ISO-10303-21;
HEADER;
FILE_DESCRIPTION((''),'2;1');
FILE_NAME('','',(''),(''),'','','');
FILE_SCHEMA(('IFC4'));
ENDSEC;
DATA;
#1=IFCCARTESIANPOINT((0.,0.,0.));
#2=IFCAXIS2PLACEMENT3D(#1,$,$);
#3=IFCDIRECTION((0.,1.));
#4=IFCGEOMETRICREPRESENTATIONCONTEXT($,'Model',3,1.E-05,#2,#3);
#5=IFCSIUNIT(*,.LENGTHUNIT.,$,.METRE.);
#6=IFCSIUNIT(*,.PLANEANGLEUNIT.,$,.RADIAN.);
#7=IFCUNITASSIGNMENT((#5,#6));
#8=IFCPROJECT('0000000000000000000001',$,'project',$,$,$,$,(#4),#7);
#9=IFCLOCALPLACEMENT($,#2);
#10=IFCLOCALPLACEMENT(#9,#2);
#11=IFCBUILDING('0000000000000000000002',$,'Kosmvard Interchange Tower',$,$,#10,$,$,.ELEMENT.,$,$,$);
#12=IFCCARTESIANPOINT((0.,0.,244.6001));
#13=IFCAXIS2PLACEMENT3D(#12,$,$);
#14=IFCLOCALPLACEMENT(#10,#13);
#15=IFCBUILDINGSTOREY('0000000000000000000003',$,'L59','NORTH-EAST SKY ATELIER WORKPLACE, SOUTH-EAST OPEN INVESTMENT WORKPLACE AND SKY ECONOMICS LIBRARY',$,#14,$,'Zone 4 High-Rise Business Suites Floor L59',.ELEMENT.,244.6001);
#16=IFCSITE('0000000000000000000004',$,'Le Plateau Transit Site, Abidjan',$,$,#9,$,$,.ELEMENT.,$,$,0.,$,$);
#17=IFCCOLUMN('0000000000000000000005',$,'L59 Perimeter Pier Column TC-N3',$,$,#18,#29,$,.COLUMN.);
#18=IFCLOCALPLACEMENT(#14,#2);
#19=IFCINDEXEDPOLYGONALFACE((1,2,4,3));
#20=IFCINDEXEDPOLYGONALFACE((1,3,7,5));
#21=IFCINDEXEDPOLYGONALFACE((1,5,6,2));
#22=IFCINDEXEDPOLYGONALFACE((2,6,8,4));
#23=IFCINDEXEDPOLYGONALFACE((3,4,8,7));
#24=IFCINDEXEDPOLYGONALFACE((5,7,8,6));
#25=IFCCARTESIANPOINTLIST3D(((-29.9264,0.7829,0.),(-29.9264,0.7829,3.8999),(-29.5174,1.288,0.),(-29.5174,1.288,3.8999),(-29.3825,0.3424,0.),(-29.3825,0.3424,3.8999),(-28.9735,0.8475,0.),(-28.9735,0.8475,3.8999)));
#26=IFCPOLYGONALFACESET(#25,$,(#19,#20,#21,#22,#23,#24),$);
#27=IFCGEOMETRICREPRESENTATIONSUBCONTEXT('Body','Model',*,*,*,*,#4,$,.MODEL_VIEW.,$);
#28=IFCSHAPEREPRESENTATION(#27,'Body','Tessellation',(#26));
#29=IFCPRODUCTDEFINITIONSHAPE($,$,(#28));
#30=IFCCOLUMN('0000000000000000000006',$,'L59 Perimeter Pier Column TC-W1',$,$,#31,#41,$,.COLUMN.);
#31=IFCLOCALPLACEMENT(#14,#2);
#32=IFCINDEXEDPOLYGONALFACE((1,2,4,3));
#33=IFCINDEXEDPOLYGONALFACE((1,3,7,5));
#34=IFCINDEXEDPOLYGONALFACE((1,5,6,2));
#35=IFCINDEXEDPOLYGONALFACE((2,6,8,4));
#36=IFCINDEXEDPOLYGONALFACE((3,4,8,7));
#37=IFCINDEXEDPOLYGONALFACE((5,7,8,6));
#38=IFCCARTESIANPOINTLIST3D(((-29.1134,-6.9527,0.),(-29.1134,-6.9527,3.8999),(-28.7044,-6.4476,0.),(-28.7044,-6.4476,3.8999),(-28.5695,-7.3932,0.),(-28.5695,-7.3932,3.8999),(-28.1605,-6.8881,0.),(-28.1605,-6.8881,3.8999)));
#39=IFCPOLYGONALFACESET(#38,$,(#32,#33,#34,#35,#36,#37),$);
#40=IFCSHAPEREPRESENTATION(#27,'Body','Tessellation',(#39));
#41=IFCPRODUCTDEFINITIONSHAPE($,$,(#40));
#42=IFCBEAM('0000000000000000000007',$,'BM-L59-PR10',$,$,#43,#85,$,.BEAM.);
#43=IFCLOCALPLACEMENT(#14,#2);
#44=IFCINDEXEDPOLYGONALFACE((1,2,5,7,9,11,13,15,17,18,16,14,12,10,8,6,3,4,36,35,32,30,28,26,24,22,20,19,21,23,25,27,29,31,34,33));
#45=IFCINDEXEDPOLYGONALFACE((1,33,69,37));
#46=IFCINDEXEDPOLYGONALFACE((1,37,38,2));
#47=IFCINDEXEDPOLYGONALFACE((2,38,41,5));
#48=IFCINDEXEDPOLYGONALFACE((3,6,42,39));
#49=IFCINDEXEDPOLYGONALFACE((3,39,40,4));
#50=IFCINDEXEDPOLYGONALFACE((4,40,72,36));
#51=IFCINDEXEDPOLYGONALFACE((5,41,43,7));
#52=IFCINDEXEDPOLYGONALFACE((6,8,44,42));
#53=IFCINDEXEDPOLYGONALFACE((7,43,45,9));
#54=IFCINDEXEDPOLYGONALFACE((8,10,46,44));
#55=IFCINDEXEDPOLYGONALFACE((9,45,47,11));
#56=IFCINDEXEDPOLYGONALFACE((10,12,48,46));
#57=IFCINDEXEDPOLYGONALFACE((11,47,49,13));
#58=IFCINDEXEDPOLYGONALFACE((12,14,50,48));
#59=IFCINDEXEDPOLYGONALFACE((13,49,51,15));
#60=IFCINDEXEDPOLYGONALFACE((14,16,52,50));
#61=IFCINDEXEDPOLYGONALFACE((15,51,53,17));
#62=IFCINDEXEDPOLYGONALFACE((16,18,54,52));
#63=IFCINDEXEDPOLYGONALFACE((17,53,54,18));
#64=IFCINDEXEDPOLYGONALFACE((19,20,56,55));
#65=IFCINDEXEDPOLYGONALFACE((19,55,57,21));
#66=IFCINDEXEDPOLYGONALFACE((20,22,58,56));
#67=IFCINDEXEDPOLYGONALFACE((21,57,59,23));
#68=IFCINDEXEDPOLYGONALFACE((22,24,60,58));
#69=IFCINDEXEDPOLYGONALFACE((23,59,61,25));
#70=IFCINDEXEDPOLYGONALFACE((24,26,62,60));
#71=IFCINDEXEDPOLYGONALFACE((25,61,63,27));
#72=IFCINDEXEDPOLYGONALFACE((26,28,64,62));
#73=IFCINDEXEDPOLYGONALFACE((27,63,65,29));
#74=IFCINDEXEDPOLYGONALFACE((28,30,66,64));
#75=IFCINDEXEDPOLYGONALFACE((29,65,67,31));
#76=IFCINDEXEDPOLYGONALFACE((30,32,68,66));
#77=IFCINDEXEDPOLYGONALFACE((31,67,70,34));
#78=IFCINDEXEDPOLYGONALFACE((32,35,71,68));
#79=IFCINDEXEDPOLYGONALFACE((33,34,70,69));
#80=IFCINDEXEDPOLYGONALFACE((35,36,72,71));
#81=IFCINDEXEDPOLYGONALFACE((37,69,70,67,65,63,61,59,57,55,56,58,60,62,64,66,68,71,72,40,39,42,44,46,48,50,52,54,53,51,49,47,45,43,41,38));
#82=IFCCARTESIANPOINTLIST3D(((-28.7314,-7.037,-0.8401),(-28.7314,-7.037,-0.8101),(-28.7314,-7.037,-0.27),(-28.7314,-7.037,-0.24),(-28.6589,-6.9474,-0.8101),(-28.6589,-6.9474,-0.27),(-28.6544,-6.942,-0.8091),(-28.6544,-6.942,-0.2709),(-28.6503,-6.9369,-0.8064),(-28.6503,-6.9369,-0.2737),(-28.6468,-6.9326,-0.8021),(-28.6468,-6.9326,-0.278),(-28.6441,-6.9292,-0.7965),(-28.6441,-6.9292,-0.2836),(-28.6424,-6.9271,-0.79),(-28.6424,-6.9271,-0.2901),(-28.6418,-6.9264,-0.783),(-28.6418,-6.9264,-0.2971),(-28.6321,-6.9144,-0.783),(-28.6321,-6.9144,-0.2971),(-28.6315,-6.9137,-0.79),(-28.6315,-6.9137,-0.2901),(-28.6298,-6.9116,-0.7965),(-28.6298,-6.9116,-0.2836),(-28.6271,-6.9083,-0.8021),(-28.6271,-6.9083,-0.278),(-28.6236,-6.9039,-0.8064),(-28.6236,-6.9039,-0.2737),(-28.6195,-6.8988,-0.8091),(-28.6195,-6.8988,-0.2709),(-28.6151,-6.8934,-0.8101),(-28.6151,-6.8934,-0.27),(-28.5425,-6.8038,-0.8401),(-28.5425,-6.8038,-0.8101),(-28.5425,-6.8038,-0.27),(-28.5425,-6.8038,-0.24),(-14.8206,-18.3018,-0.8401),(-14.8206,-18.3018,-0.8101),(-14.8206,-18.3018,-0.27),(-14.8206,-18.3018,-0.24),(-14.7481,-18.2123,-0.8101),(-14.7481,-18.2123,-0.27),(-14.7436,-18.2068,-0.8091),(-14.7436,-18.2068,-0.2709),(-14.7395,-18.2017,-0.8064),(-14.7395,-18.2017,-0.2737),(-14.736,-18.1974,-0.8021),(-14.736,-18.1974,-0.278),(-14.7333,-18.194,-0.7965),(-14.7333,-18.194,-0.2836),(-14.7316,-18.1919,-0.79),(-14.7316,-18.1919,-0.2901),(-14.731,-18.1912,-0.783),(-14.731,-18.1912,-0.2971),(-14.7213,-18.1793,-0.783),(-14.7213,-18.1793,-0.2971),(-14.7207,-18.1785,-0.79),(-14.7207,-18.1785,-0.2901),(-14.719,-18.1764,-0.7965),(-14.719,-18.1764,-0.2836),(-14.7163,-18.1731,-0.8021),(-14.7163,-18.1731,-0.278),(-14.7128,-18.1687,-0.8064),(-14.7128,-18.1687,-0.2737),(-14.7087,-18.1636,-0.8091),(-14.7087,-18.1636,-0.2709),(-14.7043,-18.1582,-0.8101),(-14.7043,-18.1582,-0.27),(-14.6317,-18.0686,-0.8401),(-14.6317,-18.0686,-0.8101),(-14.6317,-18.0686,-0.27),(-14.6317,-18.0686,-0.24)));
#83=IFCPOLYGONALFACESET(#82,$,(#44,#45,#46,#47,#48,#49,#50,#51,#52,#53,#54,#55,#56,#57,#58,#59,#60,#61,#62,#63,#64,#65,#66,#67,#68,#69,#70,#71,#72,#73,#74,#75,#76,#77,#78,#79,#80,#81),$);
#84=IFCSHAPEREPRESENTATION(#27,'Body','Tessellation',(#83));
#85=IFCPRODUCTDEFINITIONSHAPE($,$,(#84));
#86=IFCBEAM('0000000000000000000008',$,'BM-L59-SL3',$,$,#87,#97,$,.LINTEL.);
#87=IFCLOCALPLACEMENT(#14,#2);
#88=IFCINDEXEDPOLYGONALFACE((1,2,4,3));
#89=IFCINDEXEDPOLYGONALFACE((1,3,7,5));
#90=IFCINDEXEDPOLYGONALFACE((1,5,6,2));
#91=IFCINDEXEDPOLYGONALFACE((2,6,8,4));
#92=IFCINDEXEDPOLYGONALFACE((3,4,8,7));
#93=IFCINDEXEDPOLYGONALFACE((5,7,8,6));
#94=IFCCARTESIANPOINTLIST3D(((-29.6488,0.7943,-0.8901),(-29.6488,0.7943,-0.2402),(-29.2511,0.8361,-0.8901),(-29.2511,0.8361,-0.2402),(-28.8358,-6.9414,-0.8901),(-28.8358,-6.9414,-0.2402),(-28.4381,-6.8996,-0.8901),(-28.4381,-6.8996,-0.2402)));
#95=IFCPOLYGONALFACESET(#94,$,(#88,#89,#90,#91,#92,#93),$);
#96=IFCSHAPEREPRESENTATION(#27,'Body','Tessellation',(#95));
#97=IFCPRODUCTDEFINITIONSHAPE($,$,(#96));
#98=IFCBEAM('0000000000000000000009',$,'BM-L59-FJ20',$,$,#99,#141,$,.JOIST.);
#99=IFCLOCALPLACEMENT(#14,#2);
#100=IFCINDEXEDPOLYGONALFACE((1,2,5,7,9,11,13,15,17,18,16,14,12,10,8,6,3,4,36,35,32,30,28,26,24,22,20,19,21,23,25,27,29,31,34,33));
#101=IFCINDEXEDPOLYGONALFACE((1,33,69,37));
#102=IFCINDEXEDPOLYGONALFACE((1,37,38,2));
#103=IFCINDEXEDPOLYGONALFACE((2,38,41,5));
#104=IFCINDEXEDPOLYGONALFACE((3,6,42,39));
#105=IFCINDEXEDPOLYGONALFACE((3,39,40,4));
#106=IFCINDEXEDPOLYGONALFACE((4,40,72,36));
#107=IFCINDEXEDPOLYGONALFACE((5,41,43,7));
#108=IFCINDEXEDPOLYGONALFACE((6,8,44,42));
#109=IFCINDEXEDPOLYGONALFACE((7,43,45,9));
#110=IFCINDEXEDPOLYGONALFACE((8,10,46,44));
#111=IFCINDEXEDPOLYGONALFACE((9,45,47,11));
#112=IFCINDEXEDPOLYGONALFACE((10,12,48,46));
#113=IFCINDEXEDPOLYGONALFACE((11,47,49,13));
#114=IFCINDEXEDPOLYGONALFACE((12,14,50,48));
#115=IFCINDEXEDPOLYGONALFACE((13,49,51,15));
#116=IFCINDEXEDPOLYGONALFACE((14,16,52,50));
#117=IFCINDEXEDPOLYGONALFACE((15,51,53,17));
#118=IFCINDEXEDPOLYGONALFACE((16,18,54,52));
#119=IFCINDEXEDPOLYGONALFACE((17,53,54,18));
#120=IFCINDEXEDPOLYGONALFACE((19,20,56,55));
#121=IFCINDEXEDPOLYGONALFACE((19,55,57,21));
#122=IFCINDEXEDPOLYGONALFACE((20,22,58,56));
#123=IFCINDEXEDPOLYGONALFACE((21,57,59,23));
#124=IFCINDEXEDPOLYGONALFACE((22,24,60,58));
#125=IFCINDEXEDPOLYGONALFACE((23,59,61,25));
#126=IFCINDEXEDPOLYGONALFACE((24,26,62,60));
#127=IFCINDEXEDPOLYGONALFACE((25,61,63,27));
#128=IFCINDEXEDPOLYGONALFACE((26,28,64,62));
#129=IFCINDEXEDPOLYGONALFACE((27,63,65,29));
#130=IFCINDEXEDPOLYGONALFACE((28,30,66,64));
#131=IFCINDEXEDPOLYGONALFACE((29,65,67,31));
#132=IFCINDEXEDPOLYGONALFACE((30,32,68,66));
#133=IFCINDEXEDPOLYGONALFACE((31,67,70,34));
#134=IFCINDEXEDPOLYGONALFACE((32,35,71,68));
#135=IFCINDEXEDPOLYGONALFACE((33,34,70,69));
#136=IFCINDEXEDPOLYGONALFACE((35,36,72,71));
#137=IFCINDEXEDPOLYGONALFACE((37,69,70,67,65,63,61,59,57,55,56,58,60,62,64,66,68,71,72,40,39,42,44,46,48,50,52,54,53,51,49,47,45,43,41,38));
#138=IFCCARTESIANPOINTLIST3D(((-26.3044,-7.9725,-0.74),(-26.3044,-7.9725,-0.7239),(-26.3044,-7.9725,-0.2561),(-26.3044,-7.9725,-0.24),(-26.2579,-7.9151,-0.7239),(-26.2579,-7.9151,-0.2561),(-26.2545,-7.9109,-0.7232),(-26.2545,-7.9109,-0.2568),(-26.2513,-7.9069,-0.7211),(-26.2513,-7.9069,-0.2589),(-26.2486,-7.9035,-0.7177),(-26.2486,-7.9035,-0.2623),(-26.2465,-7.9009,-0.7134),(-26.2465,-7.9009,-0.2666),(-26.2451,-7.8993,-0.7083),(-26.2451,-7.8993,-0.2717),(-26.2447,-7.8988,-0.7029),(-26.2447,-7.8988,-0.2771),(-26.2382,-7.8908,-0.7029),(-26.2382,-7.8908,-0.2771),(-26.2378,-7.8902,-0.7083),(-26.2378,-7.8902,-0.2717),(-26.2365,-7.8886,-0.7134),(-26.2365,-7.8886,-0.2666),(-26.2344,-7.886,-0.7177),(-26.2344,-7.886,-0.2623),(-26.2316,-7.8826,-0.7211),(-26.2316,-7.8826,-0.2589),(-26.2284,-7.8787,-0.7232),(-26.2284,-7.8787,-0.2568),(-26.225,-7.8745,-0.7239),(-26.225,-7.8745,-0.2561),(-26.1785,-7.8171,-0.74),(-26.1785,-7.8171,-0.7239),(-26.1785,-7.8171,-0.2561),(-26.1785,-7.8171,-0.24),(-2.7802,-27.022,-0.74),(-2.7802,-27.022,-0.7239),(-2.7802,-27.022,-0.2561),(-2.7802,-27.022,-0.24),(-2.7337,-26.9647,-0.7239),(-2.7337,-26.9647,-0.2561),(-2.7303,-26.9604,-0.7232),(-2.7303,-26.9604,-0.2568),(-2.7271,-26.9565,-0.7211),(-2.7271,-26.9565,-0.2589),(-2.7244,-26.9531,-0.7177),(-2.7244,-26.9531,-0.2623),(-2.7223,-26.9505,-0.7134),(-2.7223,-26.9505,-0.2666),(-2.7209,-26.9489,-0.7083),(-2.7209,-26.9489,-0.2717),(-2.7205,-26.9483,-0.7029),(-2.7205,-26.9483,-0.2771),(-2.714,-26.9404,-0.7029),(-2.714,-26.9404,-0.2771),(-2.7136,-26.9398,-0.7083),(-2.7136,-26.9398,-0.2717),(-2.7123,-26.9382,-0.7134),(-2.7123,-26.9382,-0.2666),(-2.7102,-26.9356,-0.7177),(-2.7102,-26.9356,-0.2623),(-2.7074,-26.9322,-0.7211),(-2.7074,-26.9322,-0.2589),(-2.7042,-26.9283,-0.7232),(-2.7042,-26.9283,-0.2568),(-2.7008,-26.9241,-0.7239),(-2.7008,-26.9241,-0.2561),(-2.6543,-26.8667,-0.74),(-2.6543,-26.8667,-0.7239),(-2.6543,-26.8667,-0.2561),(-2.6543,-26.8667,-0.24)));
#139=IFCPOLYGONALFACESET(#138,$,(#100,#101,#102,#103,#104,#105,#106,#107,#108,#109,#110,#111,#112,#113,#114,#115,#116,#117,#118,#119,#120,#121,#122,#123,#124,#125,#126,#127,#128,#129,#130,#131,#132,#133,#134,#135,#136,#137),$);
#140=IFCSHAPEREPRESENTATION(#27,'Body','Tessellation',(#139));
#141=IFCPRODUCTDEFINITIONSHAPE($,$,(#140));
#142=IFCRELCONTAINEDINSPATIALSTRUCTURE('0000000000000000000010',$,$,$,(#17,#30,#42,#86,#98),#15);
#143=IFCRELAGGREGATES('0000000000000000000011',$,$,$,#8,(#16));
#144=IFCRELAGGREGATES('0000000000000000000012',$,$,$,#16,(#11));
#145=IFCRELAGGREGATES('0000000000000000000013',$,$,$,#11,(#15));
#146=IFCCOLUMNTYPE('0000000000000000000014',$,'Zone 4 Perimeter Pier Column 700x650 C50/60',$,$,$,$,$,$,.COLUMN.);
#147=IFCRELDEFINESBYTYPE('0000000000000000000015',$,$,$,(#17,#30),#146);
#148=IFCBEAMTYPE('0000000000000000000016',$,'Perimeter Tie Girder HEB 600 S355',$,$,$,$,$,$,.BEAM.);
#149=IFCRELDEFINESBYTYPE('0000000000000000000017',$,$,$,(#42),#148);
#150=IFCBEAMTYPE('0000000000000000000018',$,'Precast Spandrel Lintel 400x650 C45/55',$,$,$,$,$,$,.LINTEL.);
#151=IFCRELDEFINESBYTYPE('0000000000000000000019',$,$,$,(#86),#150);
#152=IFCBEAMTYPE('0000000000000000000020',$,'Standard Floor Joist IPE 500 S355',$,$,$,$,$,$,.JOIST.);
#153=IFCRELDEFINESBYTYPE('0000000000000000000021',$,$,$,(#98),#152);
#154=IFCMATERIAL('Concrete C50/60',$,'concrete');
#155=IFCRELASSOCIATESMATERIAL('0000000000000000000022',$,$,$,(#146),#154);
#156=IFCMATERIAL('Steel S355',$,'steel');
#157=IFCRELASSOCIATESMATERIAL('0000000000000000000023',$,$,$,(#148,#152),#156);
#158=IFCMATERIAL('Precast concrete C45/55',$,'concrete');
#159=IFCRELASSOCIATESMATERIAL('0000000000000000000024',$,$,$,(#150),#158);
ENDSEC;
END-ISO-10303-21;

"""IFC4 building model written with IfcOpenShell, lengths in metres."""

from ifc_helpers import new_model, si_unit, direction, frame, origin, origin_2d, place, context, subcontext, project, spatial, rectangle, i_section, extrude, source, transform, mapped, material, material_profile, profile_set, type_object, element, save


model = new_model("IFC4")

# Units and contexts
model_context = context("Model", 3, precision=1e-05, world=origin(), true_north=direction((0.0, 1.0)))
body_context = subcontext(model_context, "Body", "Model", "MODEL_VIEW")
ifc_project = project(units=[si_unit("LENGTHUNIT", "METRE"), si_unit("PLANEANGLEUNIT", "RADIAN")], contexts=[model_context])

# Site, building, storey
site_placement = place(None, origin())
site = spatial("IfcSite", under=ifc_project, at=site_placement, Name="Le Plateau Transit Site, Abidjan", CompositionType="ELEMENT", RefElevation=0.0)
building_placement = place(site_placement, origin())
building = spatial("IfcBuilding", under=site, at=building_placement, Name="Kosmvard Interchange Tower", CompositionType="ELEMENT")
storey_placement = place(building_placement, frame((0.0, 0.0, 244.6001)))
storey = spatial("IfcBuildingStorey", under=building, at=storey_placement, Name="L59", Description="NORTH-EAST SKY ATELIER WORKPLACE, SOUTH-EAST OPEN INVESTMENT WORKPLACE AND SKY ECONOMICS LIBRARY", LongName="Zone 4 High-Rise Business Suites Floor L59", CompositionType="ELEMENT", Elevation=244.6001)

# Columns
ifc_material_1 = material(Name="Concrete C50/60", Category="concrete")
ifc_material_profile_1 = material_profile(ifc_material_1, rectangle(XDim=0.6499, YDim=0.7, at=origin_2d()), Name="TC 700x650")
ifc_profile_set_1 = profile_set([ifc_material_profile_1], Name="Concrete C50/60")
column_type = type_object("IfcColumnType", Name="Zone 4 Perimeter Pier Column 700x650 C50/60", PredefinedType="COLUMN", material=ifc_profile_set_1)
shared_shape_1 = source(origin(), body_context, "Body", "SweptSolid", [
    extrude(rectangle(XDim=0.6499, YDim=0.7, at=origin_2d()), origin(), (0.0, 0.0, 1.0), 3.8999),
])
for number, where, z_axis, x_axis, name in (
    (1, (-29.45, 0.8152, 0.0), (0.0, 0.0, 1.0), (0.62932, 0.777146, 0.0), "L59 Perimeter Pier Column TC-N3"),
    (2, (-28.637, -6.9204, 0.0), (0.0, 0.0, 1.0), (0.62932, 0.777146, 0.0), "L59 Perimeter Pier Column TC-W1"),
):
    element("IfcColumn", number, at=place(storey_placement, frame(where, z_axis=z_axis, x_axis=x_axis)), inside=storey, type_object=column_type, Name=name, PredefinedType="COLUMN", context=body_context, shape_type="MappedRepresentation", body=[
        mapped(shared_shape_1, transform((0.0, 0.0, 0.0), scale=1.0)),
    ])

# Beams
ifc_material_2 = material(Name="Steel S355", Category="steel")
ifc_material_profile_2 = material_profile(ifc_material_2, i_section(OverallWidth=0.3, OverallDepth=0.6001, WebThickness=0.0154, FlangeThickness=0.03, FilletRadius=0.0271, at=origin_2d()), Name="HEB 600")
ifc_profile_set_2 = profile_set([ifc_material_profile_2], Name="Steel S355")
beam_type_1 = type_object("IfcBeamType", Name="Perimeter Tie Girder HEB 600 S355", PredefinedType="BEAM", material=ifc_profile_set_2)
shared_shape_2 = source(origin(), body_context, "Body", "SweptSolid", [
    extrude(i_section(OverallWidth=0.3, OverallDepth=0.6001, WebThickness=0.0154, FlangeThickness=0.03, FilletRadius=0.0271, at=origin_2d()), origin(), (0.0, 0.0, 1.0), 17.8999),
])
beam_1_placement = place(storey_placement, frame((-28.637, -6.9204, -0.54), z_axis=(0.777144, -0.629323, 0.0), x_axis=(0.629323, 0.777144, 0.0)))
element("IfcBeam", 3, at=beam_1_placement, inside=storey, type_object=beam_type_1, Name="BM-L59-PR10", PredefinedType="BEAM", context=body_context, shape_type="MappedRepresentation", body=[
    mapped(shared_shape_2, transform((0.0, 0.0, 0.0), scale=1.0)),
])
ifc_material_3 = material(Name="Precast concrete C45/55", Category="concrete")
ifc_material_profile_3 = material_profile(ifc_material_3, rectangle(XDim=0.3999, YDim=0.6499, at=origin_2d()), Name="SL 400x650")
ifc_profile_set_3 = profile_set([ifc_material_profile_3], Name="Precast concrete C45/55")
beam_type_2 = type_object("IfcBeamType", Name="Precast Spandrel Lintel 400x650 C45/55", PredefinedType="LINTEL", material=ifc_profile_set_3)
shared_shape_3 = source(origin(), body_context, "Body", "SweptSolid", [
    extrude(rectangle(XDim=0.3999, YDim=0.6499, at=origin_2d()), origin(), (0.0, 0.0, 1.0), 7.7783),
])
beam_2_placement = place(storey_placement, frame((-29.45, 0.8152, -0.5652), z_axis=(0.104521, -0.994523, 0.0), x_axis=(0.994523, 0.104521, 0.0)))
element("IfcBeam", 4, at=beam_2_placement, inside=storey, type_object=beam_type_2, Name="BM-L59-SL3", PredefinedType="LINTEL", context=body_context, shape_type="MappedRepresentation", body=[
    mapped(shared_shape_3, transform((0.0, 0.0, 0.0), scale=1.0)),
])
ifc_material_profile_4 = material_profile(ifc_material_2, i_section(OverallWidth=0.2, OverallDepth=0.5, WebThickness=0.0103, FlangeThickness=0.0161, FilletRadius=0.021, at=origin_2d()), Name="IPE 500")
ifc_profile_set_4 = profile_set([ifc_material_profile_4], Name="Steel S355")
beam_type_3 = type_object("IfcBeamType", Name="Standard Floor Joist IPE 500 S355", PredefinedType="JOIST", material=ifc_profile_set_4)
shared_shape_4 = source(origin(), body_context, "Body", "SweptSolid", [
    extrude(i_section(OverallWidth=0.2, OverallDepth=0.5, WebThickness=0.0103, FlangeThickness=0.0161, FilletRadius=0.021, at=origin_2d()), origin(), (0.0, 0.0, 1.0), 30.27),
])
beam_3_placement = place(storey_placement, frame((-26.2415, -7.8948, -0.49), z_axis=(0.777145, -0.629322, 0.0), x_axis=(0.629322, 0.777145, 0.0)))
element("IfcBeam", 5, at=beam_3_placement, inside=storey, type_object=beam_type_3, Name="BM-L59-FJ20", PredefinedType="JOIST", context=body_context, shape_type="MappedRepresentation", body=[
    mapped(shared_shape_4, transform((0.0, 0.0, 0.0), scale=1.0)),
])

save(model, "model.ifc")
